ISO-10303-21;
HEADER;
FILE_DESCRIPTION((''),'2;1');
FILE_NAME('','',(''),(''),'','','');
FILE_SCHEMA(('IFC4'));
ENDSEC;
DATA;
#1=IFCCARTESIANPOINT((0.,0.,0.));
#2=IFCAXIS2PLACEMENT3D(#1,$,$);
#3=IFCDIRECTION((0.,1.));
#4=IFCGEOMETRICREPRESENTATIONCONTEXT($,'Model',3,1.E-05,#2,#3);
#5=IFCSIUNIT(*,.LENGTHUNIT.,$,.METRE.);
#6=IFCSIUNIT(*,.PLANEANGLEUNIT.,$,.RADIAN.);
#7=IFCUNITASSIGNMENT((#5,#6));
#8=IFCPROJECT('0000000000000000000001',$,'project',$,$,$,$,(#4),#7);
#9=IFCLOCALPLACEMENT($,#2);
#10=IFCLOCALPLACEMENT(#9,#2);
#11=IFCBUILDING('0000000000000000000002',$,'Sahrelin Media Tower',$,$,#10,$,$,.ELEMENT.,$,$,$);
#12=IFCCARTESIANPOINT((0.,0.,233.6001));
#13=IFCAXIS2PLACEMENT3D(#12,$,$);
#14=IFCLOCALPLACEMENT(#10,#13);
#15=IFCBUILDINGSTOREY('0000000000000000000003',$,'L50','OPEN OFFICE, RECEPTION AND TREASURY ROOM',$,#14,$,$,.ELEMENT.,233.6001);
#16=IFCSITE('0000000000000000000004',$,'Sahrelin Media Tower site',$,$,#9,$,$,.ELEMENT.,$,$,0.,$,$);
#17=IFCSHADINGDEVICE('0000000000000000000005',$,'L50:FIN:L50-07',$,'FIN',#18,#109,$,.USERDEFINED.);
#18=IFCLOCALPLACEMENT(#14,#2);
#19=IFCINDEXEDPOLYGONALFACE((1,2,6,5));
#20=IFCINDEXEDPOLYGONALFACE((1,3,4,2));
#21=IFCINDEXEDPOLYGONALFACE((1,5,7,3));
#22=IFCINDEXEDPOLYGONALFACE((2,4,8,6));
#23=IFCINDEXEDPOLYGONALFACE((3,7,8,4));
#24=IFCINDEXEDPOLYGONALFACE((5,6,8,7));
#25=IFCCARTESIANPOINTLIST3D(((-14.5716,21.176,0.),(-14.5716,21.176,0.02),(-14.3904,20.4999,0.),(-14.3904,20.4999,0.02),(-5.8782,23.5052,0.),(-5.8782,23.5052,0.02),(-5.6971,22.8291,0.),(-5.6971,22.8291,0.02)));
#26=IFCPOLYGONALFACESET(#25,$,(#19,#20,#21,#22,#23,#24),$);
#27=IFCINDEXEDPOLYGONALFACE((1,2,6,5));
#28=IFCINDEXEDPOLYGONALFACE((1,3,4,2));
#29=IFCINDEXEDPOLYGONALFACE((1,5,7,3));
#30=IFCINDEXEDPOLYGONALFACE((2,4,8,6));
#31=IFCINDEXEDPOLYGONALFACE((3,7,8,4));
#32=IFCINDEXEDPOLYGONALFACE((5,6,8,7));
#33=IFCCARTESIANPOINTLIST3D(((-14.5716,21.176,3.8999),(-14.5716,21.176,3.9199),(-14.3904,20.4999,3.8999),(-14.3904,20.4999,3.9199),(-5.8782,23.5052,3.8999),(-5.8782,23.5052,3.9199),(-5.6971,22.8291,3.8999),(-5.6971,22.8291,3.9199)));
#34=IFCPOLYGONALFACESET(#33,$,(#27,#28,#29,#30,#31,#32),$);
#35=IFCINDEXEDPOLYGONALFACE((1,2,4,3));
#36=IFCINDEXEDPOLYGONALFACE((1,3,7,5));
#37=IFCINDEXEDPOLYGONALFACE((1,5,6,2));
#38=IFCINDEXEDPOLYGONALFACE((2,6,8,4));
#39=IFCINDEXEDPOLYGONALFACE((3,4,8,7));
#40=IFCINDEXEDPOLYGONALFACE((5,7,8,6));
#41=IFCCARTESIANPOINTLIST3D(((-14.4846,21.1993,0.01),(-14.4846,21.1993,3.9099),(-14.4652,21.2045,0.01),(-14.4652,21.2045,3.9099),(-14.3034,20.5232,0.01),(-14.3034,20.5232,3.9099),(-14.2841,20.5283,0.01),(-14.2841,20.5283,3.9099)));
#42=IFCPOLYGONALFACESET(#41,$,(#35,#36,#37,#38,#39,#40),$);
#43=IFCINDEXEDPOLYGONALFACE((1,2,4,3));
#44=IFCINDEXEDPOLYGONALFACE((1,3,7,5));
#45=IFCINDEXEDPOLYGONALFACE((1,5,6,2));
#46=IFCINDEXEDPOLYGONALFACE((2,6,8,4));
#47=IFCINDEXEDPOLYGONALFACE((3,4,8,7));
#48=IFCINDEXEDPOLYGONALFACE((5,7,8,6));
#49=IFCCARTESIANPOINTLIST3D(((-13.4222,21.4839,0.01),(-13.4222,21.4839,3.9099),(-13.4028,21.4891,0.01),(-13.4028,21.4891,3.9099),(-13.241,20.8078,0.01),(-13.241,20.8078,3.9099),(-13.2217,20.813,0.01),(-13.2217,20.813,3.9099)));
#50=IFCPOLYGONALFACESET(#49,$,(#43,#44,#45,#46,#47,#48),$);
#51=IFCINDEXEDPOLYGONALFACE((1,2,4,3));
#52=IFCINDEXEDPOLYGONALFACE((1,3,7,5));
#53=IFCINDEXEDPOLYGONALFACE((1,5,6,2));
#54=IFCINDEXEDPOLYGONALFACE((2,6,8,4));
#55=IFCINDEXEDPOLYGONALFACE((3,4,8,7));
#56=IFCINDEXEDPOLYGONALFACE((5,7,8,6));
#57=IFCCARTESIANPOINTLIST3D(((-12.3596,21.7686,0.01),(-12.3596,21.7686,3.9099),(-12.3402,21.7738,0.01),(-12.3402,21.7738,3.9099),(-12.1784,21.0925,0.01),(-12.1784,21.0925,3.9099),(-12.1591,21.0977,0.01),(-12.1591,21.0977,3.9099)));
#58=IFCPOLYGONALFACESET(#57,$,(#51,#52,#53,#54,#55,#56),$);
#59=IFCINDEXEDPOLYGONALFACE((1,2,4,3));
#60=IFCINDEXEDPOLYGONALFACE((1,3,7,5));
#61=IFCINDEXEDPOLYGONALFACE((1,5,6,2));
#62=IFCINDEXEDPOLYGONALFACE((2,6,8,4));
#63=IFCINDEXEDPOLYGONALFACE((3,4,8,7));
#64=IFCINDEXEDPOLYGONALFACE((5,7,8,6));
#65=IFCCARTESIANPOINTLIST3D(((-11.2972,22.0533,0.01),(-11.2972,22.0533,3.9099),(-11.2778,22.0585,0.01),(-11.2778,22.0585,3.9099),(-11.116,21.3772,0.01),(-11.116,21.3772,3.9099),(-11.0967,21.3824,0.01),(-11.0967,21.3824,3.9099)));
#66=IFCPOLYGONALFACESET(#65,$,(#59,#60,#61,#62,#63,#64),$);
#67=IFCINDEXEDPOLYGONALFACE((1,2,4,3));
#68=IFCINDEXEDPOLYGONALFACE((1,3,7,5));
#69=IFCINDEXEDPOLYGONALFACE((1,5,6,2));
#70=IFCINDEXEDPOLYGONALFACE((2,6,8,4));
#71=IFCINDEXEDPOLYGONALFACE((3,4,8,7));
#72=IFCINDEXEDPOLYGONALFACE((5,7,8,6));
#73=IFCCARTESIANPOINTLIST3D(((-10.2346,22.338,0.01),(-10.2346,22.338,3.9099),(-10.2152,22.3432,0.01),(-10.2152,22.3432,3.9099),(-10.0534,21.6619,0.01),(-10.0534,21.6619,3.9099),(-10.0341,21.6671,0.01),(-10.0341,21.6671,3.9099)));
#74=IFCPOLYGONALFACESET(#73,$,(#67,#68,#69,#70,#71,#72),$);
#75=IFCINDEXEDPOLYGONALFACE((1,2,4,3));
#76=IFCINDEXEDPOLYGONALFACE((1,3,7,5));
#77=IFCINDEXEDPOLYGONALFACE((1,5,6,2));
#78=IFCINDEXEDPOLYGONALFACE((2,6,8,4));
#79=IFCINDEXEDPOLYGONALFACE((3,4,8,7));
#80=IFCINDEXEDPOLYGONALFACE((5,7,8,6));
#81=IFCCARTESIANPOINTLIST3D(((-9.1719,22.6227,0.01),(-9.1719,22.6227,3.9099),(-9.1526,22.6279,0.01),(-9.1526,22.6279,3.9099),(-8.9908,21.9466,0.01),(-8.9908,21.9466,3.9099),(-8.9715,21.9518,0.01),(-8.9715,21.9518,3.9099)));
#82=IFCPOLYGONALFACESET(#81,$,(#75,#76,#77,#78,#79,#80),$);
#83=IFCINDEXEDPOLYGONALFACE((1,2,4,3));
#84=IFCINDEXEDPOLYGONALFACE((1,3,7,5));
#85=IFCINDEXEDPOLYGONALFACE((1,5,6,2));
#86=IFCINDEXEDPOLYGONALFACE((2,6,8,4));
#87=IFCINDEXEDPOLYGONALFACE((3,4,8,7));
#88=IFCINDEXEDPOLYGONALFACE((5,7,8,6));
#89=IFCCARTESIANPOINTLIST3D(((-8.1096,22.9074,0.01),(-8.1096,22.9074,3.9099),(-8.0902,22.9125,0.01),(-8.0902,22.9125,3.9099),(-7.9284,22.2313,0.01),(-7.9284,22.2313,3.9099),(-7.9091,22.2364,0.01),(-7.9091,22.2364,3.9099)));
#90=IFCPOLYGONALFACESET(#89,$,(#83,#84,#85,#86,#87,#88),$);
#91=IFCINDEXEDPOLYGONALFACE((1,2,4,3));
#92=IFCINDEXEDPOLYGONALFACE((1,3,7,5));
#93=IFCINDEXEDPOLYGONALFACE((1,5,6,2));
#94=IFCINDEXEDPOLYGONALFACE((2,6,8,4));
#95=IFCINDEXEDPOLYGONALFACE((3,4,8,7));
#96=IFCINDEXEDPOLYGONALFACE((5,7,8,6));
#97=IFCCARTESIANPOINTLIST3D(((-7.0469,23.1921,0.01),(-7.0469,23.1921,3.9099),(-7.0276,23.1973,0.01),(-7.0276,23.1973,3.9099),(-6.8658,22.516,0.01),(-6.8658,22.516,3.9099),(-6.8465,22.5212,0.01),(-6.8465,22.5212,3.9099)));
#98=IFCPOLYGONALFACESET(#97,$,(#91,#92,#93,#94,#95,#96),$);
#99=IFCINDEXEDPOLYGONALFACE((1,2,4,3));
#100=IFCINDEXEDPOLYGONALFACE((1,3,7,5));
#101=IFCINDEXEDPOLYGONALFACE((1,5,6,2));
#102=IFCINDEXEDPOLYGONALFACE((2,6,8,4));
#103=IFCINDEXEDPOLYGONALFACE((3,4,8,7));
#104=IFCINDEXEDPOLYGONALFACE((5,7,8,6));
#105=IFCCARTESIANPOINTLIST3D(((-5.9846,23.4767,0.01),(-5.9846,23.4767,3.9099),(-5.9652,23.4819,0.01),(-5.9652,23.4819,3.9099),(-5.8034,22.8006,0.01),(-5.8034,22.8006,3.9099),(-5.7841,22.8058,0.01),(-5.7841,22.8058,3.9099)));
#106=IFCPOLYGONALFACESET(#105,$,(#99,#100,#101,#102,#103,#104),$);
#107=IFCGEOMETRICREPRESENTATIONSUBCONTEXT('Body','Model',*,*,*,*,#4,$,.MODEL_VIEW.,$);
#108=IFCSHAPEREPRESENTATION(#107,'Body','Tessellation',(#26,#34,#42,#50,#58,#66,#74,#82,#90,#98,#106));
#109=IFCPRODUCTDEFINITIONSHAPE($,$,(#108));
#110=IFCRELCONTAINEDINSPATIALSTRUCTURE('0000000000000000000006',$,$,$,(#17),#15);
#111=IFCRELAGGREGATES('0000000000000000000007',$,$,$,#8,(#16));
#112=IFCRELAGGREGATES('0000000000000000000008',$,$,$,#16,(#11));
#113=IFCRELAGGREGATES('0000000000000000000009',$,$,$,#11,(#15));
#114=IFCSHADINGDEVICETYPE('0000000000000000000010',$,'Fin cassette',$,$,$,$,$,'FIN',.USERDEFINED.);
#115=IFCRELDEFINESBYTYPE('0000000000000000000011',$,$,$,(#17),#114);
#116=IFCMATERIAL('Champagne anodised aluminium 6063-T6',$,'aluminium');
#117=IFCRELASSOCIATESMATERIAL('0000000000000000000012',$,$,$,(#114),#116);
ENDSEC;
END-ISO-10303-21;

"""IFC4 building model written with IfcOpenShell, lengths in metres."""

from ifc_helpers import new_model, si_unit, direction, frame, origin, origin_2d, place, context, subcontext, project, spatial, rectangle, extrude, material, type_object, element, save


model = new_model("IFC4")

# Units and contexts
model_context = context("Model", 3, precision=1e-05, world=origin(), true_north=direction((0.0, 1.0)))
body_context = subcontext(model_context, "Body", "Model", "MODEL_VIEW")
ifc_project = project(units=[si_unit("LENGTHUNIT", "METRE"), si_unit("PLANEANGLEUNIT", "RADIAN")], contexts=[model_context])

# Site, building, storey
site_placement = place(None, origin())
site = spatial("IfcSite", under=ifc_project, at=site_placement, Name="Sahrelin Media Tower site", CompositionType="ELEMENT", RefElevation=0.0)
building_placement = place(site_placement, origin())
building = spatial("IfcBuilding", under=site, at=building_placement, Name="Sahrelin Media Tower", CompositionType="ELEMENT")
storey_placement = place(building_placement, frame((0.0, 0.0, 233.6001)))
storey = spatial("IfcBuildingStorey", under=building, at=storey_placement, Name="L50", Description="OPEN OFFICE, RECEPTION AND TREASURY ROOM", CompositionType="ELEMENT", Elevation=233.6001)

# Shared definitions
ifc_material_1 = material(Name="Champagne anodised aluminium 6063-T6", Category="aluminium")

# Shading device
shading_device_type_1 = type_object("IfcShadingDeviceType", Name="Fin cassette", ElementType="FIN", PredefinedType="USERDEFINED", material=ifc_material_1)
placement = place(storey_placement, frame((-10.0256, 21.5969, 0.0), z_axis=(0.0, 0.0, 1.0), x_axis=(0.965929, 0.258808, 0.0)))
element("IfcShadingDevice", 1, at=placement, inside=storey, type_object=shading_device_type_1, Name="L50:FIN:L50-07", ObjectType="FIN", PredefinedType="USERDEFINED", context=body_context, shape_type="SweptSolid", body=[
    extrude(rectangle(XDim=9.0, YDim=0.7, at=origin_2d()), frame((0.0, 0.4199, 0.0)), (0.0, 0.0, 1.0), 0.02),
    extrude(rectangle(XDim=9.0, YDim=0.7, at=origin_2d()), frame((0.0, 0.4199, 3.8999)), (0.0, 0.0, 1.0), 0.02),
    extrude(rectangle(XDim=0.02, YDim=0.7, at=origin_2d()), frame((-4.3999, 0.4199, 0.01), z_axis=(0.0, 0.0, 1.0), x_axis=(1.0, 0.0, 0.0)), (0.0, 0.0, 1.0), 3.8999),
    extrude(rectangle(XDim=0.02, YDim=0.7, at=origin_2d()), frame((-3.3, 0.4199, 0.01), z_axis=(0.0, 0.0, 1.0), x_axis=(1.0, 0.0, 0.0)), (0.0, 0.0, 1.0), 3.8999),
    extrude(rectangle(XDim=0.02, YDim=0.7, at=origin_2d()), frame((-2.2, 0.4199, 0.01), z_axis=(0.0, 0.0, 1.0), x_axis=(1.0, 0.0, 0.0)), (0.0, 0.0, 1.0), 3.8999),
    extrude(rectangle(XDim=0.02, YDim=0.7, at=origin_2d()), frame((-1.1001, 0.4199, 0.01), z_axis=(0.0, 0.0, 1.0), x_axis=(1.0, 0.0, 0.0)), (0.0, 0.0, 1.0), 3.8999),
    extrude(rectangle(XDim=0.02, YDim=0.7, at=origin_2d()), frame((0.0, 0.4199, 0.01), z_axis=(0.0, 0.0, 1.0), x_axis=(1.0, 0.0, 0.0)), (0.0, 0.0, 1.0), 3.8999),
    extrude(rectangle(XDim=0.02, YDim=0.7, at=origin_2d()), frame((1.1001, 0.4199, 0.01), z_axis=(0.0, 0.0, 1.0), x_axis=(1.0, 0.0, 0.0)), (0.0, 0.0, 1.0), 3.8999),
    extrude(rectangle(XDim=0.02, YDim=0.7, at=origin_2d()), frame((2.2, 0.4199, 0.01), z_axis=(0.0, 0.0, 1.0), x_axis=(1.0, 0.0, 0.0)), (0.0, 0.0, 1.0), 3.8999),
    extrude(rectangle(XDim=0.02, YDim=0.7, at=origin_2d()), frame((3.3, 0.4199, 0.01), z_axis=(0.0, 0.0, 1.0), x_axis=(1.0, 0.0, 0.0)), (0.0, 0.0, 1.0), 3.8999),
    extrude(rectangle(XDim=0.02, YDim=0.7, at=origin_2d()), frame((4.3999, 0.4199, 0.01), z_axis=(0.0, 0.0, 1.0), x_axis=(1.0, 0.0, 0.0)), (0.0, 0.0, 1.0), 3.8999),
])

save(model, "model.ifc")
